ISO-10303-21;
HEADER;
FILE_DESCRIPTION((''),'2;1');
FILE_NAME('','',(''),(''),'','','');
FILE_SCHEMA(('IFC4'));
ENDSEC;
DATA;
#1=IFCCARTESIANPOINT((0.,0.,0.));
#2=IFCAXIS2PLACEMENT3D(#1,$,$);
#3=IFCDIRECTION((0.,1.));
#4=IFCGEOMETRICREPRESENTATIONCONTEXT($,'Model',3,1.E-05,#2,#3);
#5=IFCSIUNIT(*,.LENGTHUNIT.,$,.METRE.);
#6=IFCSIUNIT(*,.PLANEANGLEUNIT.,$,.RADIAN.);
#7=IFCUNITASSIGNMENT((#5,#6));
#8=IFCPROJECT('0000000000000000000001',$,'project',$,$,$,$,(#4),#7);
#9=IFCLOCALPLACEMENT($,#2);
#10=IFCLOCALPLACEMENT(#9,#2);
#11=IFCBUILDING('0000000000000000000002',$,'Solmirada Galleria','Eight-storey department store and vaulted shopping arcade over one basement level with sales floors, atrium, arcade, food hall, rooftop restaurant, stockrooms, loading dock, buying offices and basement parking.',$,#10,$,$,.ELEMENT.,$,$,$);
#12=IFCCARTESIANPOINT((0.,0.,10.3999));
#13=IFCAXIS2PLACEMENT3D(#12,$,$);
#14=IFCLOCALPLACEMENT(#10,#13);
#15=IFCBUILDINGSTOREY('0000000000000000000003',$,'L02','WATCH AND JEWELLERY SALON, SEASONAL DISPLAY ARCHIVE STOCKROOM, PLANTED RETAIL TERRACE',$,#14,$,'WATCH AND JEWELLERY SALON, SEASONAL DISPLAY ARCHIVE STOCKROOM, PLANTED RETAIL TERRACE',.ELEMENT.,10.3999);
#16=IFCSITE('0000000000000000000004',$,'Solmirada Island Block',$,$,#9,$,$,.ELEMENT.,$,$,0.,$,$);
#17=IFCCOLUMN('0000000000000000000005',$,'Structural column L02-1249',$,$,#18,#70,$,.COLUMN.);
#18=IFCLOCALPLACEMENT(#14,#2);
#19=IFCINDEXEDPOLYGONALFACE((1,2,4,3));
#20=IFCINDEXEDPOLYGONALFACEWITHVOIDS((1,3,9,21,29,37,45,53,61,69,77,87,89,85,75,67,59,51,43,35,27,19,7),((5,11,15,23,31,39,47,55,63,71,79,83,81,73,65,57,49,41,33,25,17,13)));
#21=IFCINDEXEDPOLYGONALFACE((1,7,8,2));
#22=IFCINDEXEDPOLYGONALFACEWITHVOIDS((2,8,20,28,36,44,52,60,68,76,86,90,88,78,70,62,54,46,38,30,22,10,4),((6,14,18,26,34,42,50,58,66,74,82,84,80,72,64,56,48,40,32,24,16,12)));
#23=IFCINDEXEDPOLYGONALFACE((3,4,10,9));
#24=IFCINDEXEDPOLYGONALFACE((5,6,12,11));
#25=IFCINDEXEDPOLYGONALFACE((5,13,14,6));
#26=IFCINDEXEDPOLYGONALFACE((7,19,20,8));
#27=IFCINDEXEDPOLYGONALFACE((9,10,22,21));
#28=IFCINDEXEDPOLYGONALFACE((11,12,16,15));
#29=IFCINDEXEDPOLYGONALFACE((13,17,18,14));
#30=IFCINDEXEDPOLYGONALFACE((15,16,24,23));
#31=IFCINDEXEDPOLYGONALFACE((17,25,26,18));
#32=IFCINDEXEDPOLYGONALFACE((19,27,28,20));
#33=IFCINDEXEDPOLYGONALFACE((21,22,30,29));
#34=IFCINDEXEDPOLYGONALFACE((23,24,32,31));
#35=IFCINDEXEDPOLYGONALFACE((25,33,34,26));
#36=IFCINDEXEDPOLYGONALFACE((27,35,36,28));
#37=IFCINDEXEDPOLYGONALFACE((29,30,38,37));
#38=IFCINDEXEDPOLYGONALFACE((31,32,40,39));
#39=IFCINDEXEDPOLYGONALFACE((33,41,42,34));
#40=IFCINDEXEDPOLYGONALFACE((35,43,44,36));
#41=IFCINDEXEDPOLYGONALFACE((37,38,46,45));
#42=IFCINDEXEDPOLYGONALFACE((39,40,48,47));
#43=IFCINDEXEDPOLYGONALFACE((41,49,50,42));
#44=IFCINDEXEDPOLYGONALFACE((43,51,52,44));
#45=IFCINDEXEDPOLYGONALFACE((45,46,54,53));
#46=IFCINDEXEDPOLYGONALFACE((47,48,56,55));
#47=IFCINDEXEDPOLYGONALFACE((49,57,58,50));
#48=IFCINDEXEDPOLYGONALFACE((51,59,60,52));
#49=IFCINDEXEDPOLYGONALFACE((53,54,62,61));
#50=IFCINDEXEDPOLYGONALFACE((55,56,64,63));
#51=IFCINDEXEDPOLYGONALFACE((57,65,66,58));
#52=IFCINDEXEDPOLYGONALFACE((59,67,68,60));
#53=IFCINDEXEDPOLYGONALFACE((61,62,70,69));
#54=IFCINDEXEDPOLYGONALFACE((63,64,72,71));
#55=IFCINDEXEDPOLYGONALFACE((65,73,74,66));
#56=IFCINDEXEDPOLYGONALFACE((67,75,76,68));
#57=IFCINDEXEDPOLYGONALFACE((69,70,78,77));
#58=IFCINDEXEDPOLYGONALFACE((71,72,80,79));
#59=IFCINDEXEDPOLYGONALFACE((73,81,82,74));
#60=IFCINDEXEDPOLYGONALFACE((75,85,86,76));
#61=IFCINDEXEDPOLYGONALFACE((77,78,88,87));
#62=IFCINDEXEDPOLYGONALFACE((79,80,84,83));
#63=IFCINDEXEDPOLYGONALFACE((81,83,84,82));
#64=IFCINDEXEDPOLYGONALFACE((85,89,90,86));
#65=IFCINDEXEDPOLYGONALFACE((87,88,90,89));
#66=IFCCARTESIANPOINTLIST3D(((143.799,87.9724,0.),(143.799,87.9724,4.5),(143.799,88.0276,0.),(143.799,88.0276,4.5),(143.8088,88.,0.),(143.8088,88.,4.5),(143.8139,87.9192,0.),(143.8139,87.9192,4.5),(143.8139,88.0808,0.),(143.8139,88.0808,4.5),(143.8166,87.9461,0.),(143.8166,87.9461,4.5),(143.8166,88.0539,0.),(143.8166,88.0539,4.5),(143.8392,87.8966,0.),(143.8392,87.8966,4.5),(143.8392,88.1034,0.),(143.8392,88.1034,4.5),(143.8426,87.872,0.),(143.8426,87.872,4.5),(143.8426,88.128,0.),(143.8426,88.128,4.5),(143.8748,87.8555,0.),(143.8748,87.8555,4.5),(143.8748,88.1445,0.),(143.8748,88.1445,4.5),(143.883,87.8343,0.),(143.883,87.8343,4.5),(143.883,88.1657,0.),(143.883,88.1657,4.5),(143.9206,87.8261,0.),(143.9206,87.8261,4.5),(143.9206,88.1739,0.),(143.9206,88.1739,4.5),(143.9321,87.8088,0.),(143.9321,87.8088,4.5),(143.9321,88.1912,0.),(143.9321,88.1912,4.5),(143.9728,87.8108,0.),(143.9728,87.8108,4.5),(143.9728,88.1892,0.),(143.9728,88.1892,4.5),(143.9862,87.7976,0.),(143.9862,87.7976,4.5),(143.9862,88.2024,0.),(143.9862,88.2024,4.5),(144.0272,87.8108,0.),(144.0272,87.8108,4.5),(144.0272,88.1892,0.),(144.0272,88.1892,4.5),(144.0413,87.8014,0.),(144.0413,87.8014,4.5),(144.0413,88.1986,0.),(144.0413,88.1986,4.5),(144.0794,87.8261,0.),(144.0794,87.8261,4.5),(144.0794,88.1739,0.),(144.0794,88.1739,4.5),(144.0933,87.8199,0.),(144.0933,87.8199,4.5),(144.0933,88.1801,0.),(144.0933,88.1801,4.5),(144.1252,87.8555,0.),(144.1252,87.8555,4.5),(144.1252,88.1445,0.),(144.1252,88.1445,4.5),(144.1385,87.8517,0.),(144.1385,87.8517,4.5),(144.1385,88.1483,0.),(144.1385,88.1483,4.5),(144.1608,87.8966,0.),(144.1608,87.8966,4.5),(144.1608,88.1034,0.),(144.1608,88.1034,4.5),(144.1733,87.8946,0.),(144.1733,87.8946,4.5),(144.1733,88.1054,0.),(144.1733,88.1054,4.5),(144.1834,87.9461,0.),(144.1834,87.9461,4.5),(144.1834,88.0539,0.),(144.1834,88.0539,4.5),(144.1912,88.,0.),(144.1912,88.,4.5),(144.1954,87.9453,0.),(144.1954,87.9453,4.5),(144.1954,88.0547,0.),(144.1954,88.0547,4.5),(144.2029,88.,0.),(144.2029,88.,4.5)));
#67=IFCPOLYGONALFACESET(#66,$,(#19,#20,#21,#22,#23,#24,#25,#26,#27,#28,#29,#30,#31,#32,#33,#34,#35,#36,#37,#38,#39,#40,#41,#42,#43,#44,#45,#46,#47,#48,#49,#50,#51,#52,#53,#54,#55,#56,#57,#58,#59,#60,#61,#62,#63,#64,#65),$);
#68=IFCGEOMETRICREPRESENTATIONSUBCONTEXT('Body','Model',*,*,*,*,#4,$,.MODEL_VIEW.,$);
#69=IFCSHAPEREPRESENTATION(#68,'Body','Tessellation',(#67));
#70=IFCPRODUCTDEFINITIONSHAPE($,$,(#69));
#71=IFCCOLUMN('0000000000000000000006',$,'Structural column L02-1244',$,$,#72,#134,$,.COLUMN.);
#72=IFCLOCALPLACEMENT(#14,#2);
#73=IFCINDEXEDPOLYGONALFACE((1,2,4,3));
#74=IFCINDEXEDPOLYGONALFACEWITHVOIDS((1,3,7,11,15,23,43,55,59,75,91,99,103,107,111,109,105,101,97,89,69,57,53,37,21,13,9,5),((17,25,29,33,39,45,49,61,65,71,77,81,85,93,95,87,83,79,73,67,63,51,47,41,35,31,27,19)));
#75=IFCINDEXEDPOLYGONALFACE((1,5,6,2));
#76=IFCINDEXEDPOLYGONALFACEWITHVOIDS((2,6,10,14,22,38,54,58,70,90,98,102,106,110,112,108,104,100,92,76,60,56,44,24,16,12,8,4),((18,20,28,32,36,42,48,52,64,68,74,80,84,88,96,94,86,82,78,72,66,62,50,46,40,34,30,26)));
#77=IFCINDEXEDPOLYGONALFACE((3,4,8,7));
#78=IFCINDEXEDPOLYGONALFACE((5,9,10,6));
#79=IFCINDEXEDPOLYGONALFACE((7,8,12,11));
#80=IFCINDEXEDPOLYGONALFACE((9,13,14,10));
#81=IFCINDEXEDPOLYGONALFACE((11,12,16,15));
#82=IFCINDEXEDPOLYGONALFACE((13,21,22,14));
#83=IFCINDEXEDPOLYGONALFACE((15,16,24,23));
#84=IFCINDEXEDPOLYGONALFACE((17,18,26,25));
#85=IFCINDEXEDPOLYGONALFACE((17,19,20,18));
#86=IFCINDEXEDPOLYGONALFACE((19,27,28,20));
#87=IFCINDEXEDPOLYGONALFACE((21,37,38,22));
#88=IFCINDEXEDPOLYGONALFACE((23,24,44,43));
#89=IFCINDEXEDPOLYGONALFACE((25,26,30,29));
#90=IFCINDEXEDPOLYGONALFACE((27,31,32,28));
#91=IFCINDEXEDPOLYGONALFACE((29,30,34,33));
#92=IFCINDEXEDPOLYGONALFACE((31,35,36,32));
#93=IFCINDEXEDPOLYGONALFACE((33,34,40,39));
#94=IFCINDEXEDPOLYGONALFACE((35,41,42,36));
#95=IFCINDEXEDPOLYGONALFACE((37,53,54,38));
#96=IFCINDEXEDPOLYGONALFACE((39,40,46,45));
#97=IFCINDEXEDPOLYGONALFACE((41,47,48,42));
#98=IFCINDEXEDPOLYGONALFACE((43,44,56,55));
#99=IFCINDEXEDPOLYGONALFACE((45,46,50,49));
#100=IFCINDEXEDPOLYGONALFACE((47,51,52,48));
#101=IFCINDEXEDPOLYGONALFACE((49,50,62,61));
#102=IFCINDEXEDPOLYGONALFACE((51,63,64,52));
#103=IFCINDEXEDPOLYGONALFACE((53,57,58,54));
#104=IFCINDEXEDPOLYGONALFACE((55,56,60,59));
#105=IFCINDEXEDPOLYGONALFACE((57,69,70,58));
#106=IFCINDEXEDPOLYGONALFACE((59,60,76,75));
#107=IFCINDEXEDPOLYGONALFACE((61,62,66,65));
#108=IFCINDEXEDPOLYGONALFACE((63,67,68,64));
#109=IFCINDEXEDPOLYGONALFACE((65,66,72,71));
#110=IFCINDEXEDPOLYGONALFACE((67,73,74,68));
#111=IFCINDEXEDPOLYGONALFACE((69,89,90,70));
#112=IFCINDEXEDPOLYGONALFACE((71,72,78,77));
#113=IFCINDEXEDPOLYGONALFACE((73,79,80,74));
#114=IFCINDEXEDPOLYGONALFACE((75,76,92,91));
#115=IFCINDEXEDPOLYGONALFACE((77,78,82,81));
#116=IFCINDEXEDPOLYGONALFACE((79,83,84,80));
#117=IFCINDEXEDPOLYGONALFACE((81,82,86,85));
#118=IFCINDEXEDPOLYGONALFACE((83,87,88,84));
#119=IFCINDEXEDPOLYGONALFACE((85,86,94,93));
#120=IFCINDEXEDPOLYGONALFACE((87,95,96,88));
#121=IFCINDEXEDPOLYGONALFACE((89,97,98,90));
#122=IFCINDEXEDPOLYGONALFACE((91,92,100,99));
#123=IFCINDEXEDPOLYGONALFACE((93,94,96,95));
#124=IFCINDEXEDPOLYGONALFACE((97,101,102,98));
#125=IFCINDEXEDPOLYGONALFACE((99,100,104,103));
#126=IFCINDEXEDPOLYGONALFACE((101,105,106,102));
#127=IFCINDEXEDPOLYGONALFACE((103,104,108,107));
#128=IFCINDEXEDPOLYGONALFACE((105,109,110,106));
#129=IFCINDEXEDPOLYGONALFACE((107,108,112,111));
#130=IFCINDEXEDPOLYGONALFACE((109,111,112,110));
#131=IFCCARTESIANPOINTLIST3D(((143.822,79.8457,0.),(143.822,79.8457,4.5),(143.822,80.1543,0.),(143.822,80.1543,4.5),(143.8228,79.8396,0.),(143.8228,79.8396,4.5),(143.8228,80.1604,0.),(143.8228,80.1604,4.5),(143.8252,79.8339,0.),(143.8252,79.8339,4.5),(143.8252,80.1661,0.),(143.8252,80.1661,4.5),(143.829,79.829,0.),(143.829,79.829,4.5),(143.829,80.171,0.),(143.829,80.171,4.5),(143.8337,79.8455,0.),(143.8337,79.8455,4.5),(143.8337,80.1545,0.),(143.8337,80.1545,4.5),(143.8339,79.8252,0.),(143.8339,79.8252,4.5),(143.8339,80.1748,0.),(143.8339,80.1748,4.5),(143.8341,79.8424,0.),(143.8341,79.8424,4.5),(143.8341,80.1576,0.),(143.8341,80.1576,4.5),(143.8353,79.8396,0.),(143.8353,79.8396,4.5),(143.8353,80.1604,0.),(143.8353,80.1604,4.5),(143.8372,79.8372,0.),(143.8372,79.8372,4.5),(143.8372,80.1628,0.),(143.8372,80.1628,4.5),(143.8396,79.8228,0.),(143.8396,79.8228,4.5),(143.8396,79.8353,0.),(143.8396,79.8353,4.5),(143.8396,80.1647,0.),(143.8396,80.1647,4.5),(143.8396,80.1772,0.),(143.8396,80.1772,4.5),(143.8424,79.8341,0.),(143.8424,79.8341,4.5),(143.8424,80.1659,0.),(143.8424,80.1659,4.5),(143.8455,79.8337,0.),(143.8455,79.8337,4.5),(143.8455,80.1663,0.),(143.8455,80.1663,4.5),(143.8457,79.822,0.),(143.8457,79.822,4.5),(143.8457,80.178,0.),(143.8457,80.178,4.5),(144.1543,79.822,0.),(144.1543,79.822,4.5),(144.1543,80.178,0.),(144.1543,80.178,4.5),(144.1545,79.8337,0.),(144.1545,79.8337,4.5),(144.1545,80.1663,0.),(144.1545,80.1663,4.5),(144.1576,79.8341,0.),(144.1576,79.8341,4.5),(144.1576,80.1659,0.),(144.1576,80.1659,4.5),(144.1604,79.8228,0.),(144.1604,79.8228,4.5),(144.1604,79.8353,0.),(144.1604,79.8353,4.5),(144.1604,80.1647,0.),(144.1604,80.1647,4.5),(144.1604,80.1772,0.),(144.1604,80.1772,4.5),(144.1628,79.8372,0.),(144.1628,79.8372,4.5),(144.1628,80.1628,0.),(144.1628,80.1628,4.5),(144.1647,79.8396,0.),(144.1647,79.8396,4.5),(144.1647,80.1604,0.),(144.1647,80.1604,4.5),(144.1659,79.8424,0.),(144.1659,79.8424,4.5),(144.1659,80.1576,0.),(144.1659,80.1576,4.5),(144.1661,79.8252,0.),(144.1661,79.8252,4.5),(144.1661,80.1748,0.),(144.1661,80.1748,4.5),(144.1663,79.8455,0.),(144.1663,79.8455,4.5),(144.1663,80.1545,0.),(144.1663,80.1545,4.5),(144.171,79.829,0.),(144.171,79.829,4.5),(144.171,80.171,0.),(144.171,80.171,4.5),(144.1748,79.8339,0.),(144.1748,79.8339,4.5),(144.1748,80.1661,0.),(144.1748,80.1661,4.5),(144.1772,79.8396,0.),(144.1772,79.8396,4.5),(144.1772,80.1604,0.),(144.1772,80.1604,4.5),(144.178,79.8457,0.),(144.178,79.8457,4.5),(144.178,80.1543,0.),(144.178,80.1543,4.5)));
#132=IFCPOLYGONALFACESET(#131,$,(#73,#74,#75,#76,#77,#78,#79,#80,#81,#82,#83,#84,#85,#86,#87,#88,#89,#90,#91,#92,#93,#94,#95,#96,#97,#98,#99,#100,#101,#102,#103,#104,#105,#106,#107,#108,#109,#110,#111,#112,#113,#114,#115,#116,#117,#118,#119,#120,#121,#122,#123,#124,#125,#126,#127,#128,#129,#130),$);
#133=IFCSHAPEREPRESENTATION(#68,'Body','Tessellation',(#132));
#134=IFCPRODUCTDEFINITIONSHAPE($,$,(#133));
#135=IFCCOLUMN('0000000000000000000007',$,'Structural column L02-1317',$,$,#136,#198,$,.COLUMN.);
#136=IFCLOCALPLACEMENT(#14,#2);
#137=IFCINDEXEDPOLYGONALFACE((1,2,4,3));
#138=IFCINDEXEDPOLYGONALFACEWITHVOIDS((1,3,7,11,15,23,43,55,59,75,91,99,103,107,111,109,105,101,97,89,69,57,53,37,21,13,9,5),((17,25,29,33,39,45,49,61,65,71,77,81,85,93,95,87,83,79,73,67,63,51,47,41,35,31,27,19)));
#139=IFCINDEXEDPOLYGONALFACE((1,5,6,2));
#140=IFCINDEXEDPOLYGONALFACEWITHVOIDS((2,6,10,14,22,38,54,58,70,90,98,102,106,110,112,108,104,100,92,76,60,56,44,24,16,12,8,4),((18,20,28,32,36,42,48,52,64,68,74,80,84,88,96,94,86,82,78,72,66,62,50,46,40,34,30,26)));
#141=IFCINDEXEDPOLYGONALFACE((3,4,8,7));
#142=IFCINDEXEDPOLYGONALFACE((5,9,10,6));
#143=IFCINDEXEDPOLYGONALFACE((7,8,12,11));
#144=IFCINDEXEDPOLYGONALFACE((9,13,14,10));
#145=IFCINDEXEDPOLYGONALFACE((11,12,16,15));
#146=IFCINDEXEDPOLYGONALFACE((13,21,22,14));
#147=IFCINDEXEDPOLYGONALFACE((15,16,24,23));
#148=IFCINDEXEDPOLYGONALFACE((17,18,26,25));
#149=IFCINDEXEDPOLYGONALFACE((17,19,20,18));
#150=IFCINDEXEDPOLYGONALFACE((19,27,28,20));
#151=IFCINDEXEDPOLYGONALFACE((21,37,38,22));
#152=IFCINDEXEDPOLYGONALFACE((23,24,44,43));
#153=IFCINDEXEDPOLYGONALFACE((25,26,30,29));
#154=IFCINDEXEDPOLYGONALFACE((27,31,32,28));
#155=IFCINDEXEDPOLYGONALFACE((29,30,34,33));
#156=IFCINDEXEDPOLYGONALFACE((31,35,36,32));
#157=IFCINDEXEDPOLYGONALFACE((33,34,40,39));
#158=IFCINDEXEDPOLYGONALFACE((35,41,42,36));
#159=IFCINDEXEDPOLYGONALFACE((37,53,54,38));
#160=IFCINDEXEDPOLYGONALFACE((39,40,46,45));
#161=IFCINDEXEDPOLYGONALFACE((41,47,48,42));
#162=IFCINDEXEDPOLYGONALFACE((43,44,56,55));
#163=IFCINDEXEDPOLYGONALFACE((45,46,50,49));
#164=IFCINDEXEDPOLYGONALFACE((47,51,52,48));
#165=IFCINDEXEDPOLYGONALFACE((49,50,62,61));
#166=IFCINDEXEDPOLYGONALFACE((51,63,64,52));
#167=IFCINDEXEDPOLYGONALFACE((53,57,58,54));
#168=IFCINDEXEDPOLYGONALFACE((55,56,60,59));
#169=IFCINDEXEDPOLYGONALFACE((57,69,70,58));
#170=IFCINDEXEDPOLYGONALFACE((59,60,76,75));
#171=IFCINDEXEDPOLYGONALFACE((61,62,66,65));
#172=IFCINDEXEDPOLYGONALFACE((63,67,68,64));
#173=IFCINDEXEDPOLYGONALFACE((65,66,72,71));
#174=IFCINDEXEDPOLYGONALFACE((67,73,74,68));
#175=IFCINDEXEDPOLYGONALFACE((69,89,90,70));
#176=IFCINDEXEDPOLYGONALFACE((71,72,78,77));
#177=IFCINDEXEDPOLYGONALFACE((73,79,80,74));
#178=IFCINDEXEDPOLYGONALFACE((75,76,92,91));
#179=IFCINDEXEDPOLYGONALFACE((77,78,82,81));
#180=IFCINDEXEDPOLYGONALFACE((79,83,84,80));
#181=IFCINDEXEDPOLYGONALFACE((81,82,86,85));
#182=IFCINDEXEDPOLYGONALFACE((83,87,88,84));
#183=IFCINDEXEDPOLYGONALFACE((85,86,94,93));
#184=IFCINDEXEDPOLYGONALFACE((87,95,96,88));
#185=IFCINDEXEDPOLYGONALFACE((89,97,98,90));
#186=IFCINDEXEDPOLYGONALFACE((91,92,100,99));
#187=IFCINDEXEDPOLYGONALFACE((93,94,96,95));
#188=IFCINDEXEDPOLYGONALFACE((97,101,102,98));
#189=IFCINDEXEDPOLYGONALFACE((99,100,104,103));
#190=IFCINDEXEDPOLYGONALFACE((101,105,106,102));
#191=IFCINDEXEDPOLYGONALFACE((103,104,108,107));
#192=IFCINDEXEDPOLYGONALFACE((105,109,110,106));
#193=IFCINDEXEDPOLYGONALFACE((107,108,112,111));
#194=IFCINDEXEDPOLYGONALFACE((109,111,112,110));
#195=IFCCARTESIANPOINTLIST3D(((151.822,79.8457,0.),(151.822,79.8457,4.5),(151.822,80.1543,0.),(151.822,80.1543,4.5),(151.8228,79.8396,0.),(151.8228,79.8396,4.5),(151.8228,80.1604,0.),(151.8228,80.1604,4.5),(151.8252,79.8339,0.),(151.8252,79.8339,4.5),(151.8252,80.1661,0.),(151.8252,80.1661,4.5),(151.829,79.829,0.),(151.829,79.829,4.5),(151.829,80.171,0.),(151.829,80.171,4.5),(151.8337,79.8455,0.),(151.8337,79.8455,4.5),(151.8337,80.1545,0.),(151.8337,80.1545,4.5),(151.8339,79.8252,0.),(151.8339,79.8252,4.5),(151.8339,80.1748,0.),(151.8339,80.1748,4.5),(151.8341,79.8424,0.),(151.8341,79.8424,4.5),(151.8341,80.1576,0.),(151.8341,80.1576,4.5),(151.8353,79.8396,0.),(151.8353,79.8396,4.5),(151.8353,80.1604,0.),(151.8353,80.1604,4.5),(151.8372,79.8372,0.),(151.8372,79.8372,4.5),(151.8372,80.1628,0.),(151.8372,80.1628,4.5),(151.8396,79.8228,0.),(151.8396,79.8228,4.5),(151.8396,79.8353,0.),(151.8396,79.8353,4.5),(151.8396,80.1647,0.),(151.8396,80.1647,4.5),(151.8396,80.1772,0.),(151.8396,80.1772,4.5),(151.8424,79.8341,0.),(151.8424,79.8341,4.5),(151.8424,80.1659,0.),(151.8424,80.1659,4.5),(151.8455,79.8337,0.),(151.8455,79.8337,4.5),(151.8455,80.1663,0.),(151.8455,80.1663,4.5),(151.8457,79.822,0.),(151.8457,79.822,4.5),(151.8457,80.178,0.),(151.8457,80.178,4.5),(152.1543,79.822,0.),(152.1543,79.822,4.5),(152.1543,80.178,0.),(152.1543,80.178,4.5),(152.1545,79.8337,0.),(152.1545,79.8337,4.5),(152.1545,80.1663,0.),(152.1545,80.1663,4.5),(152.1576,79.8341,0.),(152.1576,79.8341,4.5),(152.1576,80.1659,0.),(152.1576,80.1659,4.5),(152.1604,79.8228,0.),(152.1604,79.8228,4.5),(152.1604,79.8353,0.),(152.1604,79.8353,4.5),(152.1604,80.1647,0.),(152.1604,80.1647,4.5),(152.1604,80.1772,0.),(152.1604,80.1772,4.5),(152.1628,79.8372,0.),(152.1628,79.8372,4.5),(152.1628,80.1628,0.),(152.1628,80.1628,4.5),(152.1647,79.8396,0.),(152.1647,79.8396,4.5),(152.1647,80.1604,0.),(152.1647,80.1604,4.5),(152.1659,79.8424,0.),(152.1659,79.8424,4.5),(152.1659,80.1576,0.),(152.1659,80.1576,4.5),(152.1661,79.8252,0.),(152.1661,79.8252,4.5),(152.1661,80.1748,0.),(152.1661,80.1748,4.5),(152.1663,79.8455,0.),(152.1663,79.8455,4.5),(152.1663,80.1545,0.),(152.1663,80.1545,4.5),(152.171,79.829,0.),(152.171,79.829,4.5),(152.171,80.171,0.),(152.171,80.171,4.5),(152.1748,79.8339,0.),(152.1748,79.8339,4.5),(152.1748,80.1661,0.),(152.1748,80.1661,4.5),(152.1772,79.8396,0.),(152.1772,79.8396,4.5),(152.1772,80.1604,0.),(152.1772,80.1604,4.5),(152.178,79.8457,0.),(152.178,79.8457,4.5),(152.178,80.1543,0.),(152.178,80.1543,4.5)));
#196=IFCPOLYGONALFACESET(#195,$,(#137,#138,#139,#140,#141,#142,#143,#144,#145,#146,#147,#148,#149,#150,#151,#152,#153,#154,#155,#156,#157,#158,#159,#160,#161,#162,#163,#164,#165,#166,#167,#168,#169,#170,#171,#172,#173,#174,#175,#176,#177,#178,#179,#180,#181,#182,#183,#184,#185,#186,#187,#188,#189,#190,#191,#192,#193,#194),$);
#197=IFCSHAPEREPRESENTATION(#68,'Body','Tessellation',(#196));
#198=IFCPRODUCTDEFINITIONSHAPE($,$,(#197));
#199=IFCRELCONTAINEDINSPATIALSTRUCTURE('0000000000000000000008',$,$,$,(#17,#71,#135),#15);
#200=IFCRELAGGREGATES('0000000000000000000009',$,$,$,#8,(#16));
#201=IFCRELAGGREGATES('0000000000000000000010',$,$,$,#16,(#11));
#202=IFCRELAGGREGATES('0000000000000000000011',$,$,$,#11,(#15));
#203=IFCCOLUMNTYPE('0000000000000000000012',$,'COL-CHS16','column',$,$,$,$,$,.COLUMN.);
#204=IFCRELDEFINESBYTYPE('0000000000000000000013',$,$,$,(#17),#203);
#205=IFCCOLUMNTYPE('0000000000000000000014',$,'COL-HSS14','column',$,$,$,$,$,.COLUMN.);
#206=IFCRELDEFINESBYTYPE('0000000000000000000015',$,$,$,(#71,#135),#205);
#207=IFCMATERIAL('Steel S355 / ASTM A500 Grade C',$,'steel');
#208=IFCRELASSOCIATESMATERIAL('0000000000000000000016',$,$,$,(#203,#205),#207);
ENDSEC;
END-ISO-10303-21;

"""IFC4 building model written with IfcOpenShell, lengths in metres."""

from ifc_helpers import new_model, si_unit, direction, frame, origin, origin_2d, place, context, subcontext, project, spatial, hollow_rectangle, hollow_circle, extrude, material, material_profile, profile_set, type_object, element, save


model = new_model("IFC4")

# Units and contexts
model_context = context("Model", 3, precision=1e-05, world=origin(), true_north=direction((0.0, 1.0)))
body_context = subcontext(model_context, "Body", "Model", "MODEL_VIEW")
ifc_project = project(units=[si_unit("LENGTHUNIT", "METRE"), si_unit("PLANEANGLEUNIT", "RADIAN")], contexts=[model_context])

# Site, building, storey
site_placement = place(None, origin())
site = spatial("IfcSite", under=ifc_project, at=site_placement, Name="Solmirada Island Block", CompositionType="ELEMENT", RefElevation=0.0)
building_placement = place(site_placement, origin())
building = spatial("IfcBuilding", under=site, at=building_placement, Name="Solmirada Galleria", Description="Eight-storey department store and vaulted shopping arcade over one basement level with sales floors, atrium, arcade, food hall, rooftop restaurant, stockrooms, loading dock, buying offices and basement parking.", CompositionType="ELEMENT")
storey_placement = place(building_placement, frame((0.0, 0.0, 10.3999)))
storey = spatial("IfcBuildingStorey", under=building, at=storey_placement, Name="L02", Description="WATCH AND JEWELLERY SALON, SEASONAL DISPLAY ARCHIVE STOCKROOM, PLANTED RETAIL TERRACE", LongName="WATCH AND JEWELLERY SALON, SEASONAL DISPLAY ARCHIVE STOCKROOM, PLANTED RETAIL TERRACE", CompositionType="ELEMENT", Elevation=10.3999)

# Columns
ifc_material_1 = material(Name="Steel S355 / ASTM A500 Grade C", Category="steel")
ifc_material_profile_1 = material_profile(ifc_material_1, hollow_circle(Radius=0.2029, WallThickness=0.0117, at=origin_2d()), Name="HSS16.000X0.500")
ifc_profile_set_1 = profile_set([ifc_material_profile_1], Name="Steel S355 / ASTM A500 Grade C")
column_type_1 = type_object("IfcColumnType", Name="COL-CHS16", Description="column", PredefinedType="COLUMN", material=ifc_profile_set_1)
column_1_placement = place(storey_placement, frame((144.0, 88.0, 0.0), z_axis=(0.0, 0.0, 1.0), x_axis=(1.0, 0.0, 0.0)))
element("IfcColumn", 1, at=column_1_placement, inside=storey, type_object=column_type_1, Name="Structural column L02-1249", PredefinedType="COLUMN", context=body_context, shape_type="SweptSolid", body=[
    extrude(hollow_circle(Radius=0.2029, WallThickness=0.0117, at=origin_2d()), origin(), (0.0, 0.0, 1.0), 4.5),
])
ifc_material_profile_2 = material_profile(ifc_material_1, hollow_rectangle(XDim=0.356, YDim=0.356, WallThickness=0.0117, InnerFilletRadius=0.0117, OuterFilletRadius=0.0237, at=origin_2d()), Name="HSS14X14X1/2")
ifc_profile_set_2 = profile_set([ifc_material_profile_2], Name="Steel S355 / ASTM A500 Grade C")
column_type_2 = type_object("IfcColumnType", Name="COL-HSS14", Description="column", PredefinedType="COLUMN", material=ifc_profile_set_2)
for number, where, z_axis, x_axis, name in (
    (2, (144.0, 80.0, 0.0), (0.0, 0.0, 1.0), (1.0, 0.0, 0.0), "Structural column L02-1244"),
    (3, (152.0, 80.0, 0.0), (0.0, 0.0, 1.0), (1.0, 0.0, 0.0), "Structural column L02-1317"),
):
    element("IfcColumn", number, at=place(storey_placement, frame(where, z_axis=z_axis, x_axis=x_axis)), inside=storey, type_object=column_type_2, Name=name, PredefinedType="COLUMN", context=body_context, shape_type="SweptSolid", body=[
        extrude(hollow_rectangle(XDim=0.356, YDim=0.356, WallThickness=0.0117, InnerFilletRadius=0.0117, OuterFilletRadius=0.0237, at=origin_2d()), origin(), (0.0, 0.0, 1.0), 4.5),
    ])

save(model, "model.ifc")
